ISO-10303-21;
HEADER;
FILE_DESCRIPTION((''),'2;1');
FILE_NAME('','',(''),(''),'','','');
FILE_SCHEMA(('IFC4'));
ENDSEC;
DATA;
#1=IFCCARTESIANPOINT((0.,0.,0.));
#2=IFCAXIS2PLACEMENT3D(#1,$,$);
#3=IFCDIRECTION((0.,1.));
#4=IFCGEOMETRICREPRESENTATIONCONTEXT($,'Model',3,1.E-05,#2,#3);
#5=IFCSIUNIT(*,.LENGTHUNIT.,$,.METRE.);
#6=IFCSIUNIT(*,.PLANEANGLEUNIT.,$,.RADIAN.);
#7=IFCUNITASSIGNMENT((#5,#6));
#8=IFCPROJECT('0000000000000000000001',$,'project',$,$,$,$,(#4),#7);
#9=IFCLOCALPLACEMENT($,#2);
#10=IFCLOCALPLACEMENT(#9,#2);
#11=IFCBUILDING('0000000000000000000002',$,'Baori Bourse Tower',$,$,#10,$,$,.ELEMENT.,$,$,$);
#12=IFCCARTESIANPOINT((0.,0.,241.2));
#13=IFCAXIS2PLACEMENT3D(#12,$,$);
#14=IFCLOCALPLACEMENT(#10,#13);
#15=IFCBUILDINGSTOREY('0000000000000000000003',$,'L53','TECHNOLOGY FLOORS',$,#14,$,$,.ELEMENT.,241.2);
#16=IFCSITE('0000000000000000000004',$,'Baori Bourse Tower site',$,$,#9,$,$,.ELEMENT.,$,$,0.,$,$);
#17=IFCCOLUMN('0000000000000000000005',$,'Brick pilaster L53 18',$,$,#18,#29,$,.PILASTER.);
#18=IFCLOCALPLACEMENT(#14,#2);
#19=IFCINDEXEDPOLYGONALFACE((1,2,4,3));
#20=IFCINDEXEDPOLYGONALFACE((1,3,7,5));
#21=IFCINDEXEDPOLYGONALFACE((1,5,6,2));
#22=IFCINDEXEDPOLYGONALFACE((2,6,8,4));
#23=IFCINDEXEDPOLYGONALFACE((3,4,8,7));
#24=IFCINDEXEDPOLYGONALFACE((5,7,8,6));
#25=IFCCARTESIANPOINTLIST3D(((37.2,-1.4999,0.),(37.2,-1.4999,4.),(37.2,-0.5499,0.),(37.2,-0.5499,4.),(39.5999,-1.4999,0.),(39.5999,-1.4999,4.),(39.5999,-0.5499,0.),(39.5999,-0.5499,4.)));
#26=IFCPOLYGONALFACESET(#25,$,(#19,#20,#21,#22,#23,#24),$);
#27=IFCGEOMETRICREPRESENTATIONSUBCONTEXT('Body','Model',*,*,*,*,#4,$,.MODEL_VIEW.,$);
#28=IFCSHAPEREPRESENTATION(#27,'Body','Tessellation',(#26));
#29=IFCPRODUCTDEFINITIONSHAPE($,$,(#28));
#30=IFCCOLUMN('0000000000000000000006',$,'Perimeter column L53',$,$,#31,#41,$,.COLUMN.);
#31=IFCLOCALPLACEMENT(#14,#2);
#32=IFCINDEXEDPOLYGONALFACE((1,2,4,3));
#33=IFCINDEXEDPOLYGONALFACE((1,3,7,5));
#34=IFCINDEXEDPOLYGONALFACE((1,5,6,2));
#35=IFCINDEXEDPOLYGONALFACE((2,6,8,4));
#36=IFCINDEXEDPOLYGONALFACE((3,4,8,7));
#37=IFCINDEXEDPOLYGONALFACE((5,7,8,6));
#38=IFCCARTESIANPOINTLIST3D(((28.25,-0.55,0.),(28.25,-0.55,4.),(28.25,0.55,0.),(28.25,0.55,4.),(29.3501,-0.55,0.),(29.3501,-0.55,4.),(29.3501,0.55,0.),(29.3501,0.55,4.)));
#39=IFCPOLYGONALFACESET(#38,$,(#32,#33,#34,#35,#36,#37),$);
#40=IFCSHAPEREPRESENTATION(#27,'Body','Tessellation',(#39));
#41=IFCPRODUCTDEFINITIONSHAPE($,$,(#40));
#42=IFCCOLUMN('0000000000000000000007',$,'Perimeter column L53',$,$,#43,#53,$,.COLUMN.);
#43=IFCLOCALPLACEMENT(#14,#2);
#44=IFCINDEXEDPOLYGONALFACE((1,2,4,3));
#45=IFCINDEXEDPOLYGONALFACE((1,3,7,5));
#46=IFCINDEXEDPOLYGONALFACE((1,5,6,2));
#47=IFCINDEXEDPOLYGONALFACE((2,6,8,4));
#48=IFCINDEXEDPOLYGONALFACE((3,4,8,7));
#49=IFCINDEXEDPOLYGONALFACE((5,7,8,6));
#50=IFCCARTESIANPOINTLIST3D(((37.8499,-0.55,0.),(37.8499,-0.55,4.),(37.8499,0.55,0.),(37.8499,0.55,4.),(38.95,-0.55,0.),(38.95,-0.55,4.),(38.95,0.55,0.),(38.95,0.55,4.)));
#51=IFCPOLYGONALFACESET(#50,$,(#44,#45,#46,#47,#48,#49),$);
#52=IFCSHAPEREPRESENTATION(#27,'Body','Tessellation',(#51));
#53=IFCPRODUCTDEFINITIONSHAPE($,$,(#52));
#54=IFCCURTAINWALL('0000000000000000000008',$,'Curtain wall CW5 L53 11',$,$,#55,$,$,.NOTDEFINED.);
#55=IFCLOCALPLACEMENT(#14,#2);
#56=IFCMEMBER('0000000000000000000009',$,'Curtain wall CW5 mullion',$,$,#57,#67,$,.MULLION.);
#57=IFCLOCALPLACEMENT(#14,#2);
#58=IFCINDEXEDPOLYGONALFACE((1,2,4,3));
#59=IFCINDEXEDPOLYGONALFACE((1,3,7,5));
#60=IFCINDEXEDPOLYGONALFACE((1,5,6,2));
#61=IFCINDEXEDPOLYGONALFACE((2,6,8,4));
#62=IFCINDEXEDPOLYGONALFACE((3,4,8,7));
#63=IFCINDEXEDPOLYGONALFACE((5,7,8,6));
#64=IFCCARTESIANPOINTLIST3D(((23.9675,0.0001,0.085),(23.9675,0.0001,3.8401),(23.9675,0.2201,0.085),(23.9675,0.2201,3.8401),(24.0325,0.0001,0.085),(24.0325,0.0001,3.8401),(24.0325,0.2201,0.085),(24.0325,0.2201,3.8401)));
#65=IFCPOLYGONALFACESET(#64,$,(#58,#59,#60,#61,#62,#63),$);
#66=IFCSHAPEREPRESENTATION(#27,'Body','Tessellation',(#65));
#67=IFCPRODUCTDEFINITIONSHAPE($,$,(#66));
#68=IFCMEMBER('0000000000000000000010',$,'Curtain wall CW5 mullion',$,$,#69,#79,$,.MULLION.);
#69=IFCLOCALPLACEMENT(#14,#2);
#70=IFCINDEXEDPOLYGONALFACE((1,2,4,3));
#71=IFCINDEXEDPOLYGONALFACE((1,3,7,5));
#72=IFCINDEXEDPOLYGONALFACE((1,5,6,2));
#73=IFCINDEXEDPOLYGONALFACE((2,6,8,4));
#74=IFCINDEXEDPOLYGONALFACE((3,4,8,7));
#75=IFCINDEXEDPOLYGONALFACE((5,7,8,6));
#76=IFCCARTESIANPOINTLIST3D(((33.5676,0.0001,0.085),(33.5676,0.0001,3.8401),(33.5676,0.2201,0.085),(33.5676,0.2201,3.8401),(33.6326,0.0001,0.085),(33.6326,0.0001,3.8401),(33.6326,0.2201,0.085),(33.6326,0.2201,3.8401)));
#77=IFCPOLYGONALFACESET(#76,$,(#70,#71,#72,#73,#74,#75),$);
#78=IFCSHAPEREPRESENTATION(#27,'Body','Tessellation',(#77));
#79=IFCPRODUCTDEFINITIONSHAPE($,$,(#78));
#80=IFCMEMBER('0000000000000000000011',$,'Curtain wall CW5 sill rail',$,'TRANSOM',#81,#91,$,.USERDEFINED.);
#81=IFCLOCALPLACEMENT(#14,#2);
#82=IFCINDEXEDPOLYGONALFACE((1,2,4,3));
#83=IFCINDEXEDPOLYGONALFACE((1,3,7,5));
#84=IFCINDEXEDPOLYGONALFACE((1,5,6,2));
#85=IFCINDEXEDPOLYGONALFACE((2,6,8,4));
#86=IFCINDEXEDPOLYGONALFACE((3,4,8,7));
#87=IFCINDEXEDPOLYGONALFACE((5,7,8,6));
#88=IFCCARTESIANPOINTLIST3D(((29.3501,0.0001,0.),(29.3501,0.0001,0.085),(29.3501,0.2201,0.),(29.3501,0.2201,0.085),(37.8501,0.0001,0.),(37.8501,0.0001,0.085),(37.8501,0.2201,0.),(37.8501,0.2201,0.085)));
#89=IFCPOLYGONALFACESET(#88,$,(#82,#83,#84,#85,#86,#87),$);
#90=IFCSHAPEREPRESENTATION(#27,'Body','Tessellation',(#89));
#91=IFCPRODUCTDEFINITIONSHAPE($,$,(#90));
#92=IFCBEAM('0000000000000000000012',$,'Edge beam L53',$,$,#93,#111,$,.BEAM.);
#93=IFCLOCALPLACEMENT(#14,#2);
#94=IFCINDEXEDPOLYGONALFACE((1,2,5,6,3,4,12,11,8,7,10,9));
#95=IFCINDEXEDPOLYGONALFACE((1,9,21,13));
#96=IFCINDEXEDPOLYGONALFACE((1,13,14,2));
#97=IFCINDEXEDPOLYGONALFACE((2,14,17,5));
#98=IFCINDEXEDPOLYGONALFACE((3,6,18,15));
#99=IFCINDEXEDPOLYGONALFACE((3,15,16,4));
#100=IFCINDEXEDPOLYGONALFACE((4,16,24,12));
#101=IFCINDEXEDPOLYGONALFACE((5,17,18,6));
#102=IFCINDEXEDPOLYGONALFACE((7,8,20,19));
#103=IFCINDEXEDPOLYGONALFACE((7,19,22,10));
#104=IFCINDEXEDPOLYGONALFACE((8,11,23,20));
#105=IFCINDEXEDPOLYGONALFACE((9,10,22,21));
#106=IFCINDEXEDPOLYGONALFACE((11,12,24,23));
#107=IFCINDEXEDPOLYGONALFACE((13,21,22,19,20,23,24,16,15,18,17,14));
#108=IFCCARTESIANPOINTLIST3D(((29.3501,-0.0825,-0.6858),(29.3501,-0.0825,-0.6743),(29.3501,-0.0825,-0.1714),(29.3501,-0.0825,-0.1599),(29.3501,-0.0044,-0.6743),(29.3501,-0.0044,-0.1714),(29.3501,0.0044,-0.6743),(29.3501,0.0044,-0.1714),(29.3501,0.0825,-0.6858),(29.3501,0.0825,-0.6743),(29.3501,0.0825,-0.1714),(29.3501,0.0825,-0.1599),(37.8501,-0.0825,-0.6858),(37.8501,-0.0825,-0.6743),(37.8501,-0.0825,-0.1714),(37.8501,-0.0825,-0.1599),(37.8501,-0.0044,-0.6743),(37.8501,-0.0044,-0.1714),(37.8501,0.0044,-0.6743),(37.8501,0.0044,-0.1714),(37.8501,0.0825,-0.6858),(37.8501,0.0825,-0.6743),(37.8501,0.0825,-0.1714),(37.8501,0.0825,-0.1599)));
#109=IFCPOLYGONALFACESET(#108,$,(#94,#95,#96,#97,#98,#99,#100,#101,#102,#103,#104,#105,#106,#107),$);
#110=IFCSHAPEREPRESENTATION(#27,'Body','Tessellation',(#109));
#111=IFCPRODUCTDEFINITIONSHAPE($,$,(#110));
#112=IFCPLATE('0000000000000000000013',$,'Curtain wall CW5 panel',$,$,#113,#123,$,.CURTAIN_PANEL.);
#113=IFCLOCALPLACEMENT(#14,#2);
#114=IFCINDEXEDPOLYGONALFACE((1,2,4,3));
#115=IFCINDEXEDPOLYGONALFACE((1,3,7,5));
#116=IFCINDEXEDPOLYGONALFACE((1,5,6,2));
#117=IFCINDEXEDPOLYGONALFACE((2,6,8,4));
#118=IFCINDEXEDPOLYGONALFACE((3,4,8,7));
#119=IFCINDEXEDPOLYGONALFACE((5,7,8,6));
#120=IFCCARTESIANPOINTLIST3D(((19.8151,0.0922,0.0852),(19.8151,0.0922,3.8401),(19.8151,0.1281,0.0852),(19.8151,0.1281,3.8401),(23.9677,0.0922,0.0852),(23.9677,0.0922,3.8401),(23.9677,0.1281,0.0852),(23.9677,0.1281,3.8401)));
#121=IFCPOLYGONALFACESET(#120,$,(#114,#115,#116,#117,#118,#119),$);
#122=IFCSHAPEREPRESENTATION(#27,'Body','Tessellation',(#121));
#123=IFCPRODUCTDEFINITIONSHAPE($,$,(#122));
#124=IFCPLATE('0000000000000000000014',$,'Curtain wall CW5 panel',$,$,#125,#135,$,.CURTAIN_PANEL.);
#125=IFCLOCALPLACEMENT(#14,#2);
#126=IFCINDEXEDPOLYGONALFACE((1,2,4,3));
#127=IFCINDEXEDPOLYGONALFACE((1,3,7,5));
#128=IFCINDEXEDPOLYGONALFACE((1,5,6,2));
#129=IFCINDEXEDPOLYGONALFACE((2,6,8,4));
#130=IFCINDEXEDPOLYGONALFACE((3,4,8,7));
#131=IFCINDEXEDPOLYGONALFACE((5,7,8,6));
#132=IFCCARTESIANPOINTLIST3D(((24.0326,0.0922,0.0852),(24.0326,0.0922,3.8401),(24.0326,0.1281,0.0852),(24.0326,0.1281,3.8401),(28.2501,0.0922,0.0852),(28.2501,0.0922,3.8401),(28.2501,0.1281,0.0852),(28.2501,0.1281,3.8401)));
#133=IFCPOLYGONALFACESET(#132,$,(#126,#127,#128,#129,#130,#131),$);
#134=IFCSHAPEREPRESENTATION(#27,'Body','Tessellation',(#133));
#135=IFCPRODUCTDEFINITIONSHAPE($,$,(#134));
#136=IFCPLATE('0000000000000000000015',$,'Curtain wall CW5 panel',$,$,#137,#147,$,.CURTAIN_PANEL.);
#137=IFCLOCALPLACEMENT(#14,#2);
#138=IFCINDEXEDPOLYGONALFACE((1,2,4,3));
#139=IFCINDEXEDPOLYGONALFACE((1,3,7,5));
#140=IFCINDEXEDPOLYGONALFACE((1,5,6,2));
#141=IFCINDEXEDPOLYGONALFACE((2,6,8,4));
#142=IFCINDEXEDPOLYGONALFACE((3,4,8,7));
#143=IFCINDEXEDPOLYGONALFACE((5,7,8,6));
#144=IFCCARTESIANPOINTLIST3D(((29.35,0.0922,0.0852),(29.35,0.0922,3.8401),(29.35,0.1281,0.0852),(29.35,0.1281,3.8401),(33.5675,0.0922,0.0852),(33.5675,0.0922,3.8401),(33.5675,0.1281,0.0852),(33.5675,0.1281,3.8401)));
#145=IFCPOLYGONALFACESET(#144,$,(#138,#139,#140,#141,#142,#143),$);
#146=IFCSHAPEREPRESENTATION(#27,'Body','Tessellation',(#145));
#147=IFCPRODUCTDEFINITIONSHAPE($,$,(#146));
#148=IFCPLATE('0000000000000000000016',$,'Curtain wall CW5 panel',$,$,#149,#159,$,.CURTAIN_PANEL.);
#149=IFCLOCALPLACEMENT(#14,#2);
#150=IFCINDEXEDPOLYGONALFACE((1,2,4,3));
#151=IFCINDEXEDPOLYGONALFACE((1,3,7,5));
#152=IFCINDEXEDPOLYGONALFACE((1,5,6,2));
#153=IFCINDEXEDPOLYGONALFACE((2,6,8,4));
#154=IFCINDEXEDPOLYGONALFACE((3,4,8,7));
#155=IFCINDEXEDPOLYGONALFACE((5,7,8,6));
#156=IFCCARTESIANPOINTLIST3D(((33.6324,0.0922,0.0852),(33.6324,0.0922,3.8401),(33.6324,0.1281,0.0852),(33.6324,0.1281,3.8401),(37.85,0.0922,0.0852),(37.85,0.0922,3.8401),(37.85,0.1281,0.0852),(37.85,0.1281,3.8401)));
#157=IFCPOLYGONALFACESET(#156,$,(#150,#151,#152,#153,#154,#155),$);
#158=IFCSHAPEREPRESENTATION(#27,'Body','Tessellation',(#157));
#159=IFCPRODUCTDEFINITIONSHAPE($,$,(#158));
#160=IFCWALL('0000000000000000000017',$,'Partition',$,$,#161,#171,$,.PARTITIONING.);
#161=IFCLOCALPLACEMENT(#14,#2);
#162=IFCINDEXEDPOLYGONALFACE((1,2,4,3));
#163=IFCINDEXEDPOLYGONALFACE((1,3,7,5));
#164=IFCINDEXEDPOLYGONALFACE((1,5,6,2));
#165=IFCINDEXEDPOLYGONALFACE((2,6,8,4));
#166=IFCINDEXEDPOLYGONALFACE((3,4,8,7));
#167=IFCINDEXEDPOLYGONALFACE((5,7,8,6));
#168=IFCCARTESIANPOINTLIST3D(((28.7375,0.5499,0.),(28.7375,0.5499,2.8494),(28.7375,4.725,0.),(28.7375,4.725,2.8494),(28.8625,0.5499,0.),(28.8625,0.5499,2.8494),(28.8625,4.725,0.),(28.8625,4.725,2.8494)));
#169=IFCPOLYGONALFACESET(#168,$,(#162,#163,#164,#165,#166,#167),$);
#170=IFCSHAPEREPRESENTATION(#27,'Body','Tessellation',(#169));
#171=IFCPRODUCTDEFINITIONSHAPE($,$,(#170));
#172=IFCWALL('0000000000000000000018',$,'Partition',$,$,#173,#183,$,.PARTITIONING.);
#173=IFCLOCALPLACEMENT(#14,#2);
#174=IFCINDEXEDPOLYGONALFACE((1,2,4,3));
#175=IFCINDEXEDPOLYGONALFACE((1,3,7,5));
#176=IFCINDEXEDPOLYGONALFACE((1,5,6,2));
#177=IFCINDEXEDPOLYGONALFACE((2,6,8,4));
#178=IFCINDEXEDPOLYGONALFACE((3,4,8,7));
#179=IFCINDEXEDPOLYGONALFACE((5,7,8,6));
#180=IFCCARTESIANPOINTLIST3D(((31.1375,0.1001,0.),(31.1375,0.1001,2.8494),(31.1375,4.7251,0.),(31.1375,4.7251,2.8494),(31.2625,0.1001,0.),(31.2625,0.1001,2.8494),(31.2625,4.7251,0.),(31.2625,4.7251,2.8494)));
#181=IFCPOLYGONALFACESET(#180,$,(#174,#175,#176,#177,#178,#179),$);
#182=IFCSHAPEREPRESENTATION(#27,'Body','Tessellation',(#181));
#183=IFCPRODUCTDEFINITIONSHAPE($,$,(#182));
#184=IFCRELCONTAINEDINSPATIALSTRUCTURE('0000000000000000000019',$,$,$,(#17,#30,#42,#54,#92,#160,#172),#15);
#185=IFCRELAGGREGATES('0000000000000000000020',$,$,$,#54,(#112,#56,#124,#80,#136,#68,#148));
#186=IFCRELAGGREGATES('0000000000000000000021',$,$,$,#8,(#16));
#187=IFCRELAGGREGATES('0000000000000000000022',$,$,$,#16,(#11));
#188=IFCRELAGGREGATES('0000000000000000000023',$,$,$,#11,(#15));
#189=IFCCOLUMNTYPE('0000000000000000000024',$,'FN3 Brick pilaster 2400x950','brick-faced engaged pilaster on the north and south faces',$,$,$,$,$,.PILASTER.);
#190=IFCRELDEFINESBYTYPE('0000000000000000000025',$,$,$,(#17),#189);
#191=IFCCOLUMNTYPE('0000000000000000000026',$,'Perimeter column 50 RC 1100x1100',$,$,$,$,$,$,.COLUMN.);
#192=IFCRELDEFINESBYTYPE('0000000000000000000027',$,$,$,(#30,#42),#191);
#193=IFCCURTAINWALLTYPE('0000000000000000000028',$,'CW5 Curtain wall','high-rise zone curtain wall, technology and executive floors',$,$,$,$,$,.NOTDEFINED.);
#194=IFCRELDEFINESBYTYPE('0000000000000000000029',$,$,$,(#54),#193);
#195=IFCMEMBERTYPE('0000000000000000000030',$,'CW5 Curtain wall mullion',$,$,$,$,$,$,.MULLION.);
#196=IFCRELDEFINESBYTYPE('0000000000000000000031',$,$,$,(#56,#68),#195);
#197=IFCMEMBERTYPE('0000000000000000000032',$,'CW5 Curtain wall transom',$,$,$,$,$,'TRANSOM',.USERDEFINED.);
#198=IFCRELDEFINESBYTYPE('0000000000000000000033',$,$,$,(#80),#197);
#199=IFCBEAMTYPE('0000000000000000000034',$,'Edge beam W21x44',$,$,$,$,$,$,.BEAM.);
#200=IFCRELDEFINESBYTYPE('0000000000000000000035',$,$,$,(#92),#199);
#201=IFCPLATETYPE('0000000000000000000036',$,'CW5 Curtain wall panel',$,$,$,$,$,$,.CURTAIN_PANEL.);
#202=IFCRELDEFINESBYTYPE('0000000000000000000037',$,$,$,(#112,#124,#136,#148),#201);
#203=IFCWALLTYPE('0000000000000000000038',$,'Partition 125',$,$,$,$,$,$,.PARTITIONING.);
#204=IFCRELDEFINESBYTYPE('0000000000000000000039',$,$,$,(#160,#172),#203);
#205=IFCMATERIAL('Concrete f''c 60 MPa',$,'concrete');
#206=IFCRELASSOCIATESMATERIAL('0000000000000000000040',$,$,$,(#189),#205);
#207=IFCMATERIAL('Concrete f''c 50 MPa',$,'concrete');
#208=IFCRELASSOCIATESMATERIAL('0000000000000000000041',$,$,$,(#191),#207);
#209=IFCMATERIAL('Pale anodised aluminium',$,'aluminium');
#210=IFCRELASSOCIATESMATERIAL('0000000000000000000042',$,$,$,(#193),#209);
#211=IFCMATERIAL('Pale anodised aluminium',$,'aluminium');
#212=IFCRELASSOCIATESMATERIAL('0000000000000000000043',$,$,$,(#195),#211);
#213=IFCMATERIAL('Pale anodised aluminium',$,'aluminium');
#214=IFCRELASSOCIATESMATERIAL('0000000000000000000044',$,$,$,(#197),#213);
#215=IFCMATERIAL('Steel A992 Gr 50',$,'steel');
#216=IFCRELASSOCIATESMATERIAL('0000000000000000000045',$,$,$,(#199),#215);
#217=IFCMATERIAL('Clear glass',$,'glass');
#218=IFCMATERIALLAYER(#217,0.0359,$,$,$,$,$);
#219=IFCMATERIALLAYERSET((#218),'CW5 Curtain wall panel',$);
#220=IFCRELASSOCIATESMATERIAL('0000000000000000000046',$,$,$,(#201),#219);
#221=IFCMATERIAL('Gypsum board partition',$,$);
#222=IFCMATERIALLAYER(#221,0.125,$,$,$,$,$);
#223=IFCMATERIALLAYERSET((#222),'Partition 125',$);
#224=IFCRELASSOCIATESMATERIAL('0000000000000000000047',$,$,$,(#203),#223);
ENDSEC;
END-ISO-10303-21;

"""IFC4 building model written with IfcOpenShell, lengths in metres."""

from ifc_helpers import new_model, si_unit, direction, frame, frame_2d, origin, origin_2d, place, context, subcontext, project, spatial, rectangle, i_section, extrude, material, layer, layer_set, material_profile, profile_set, type_object, element, aggregate, save


model = new_model("IFC4")

# Units and contexts
model_context = context("Model", 3, precision=1e-05, world=origin(), true_north=direction((0.0, 1.0)))
body_context = subcontext(model_context, "Body", "Model", "MODEL_VIEW")
ifc_project = project(units=[si_unit("LENGTHUNIT", "METRE"), si_unit("PLANEANGLEUNIT", "RADIAN")], contexts=[model_context])

# Site, building, storey
site_placement = place(None, origin())
site = spatial("IfcSite", under=ifc_project, at=site_placement, Name="Baori Bourse Tower site", CompositionType="ELEMENT", RefElevation=0.0)
building_placement = place(site_placement, origin())
building = spatial("IfcBuilding", under=site, at=building_placement, Name="Baori Bourse Tower", CompositionType="ELEMENT")
storey_placement = place(building_placement, frame((0.0, 0.0, 241.2)))
storey = spatial("IfcBuildingStorey", under=building, at=storey_placement, Name="L53", Description="TECHNOLOGY FLOORS", CompositionType="ELEMENT", Elevation=241.2)

# Columns
ifc_material_1 = material(Name="Concrete f'c 60 MPa", Category="concrete")
ifc_material_profile_1 = material_profile(ifc_material_1, rectangle(XDim=2.3999, YDim=0.95, at=origin_2d()), Name="RC 2400x950")
ifc_profile_set_1 = profile_set([ifc_material_profile_1], Name="Concrete f'c 60 MPa")
column_type_1 = type_object("IfcColumnType", Name="FN3 Brick pilaster 2400x950", Description="brick-faced engaged pilaster on the north and south faces", PredefinedType="PILASTER", material=ifc_profile_set_1)
column_placement = place(storey_placement, frame((38.3999, -1.0249, 0.0), z_axis=(0.0, 0.0, 1.0), x_axis=(1.0, 0.0, 0.0)))
element("IfcColumn", 1, at=column_placement, inside=storey, type_object=column_type_1, Name="Brick pilaster L53 18", PredefinedType="PILASTER", context=body_context, shape_type="SweptSolid", body=[
    extrude(rectangle(XDim=2.3999, YDim=0.95, at=origin_2d()), origin(), (0.0, 0.0, 1.0), 4.0),
])
ifc_material_2 = material(Name="Concrete f'c 50 MPa", Category="concrete")
ifc_material_profile_2 = material_profile(ifc_material_2, rectangle(XDim=1.1001, YDim=1.1001, at=origin_2d()), Name="RC 1100x1100")
ifc_profile_set_2 = profile_set([ifc_material_profile_2], Name="Concrete f'c 50 MPa")
column_type_2 = type_object("IfcColumnType", Name="Perimeter column 50 RC 1100x1100", PredefinedType="COLUMN", material=ifc_profile_set_2)
for number, where, z_axis, x_axis, name in (
    (2, (28.8, 0.0, 0.0), (0.0, 0.0, 1.0), (1.0, 0.0, 0.0), "Perimeter column L53"),
    (3, (38.3999, 0.0, 0.0), (0.0, 0.0, 1.0), (1.0, 0.0, 0.0), "Perimeter column L53"),
):
    element("IfcColumn", number, at=place(storey_placement, frame(where, z_axis=z_axis, x_axis=x_axis)), inside=storey, type_object=column_type_2, Name=name, PredefinedType="COLUMN", context=body_context, shape_type="SweptSolid", body=[
        extrude(rectangle(XDim=1.1001, YDim=1.1001, at=origin_2d()), origin(), (0.0, 0.0, 1.0), 4.0),
    ])

# Curtain wall, members
ifc_material_3 = material(Name="Pale anodised aluminium", Category="aluminium")
curtain_wall_type = type_object("IfcCurtainWallType", Name="CW5 Curtain wall", Description="high-rise zone curtain wall, technology and executive floors", PredefinedType="NOTDEFINED", material=ifc_material_3)
curtain_wall_placement = place(storey_placement, origin())
curtain_wall = element("IfcCurtainWall", 4, at=curtain_wall_placement, inside=storey, type_object=curtain_wall_type, Name="Curtain wall CW5 L53 11", PredefinedType="NOTDEFINED")
ifc_material_4 = material(Name="Pale anodised aluminium", Category="aluminium")
ifc_material_profile_3 = material_profile(ifc_material_4, rectangle(XDim=0.22, YDim=0.0649, at=origin_2d()), Name="Mullion 65x220")
ifc_profile_set_3 = profile_set([ifc_material_profile_3], Name="Pale anodised aluminium")
member_type_1 = type_object("IfcMemberType", Name="CW5 Curtain wall mullion", PredefinedType="MULLION", material=ifc_profile_set_3)
member_1_placement = place(storey_placement, frame((24.0, 0.1101, 0.085), z_axis=(0.0, 0.0, 1.0), x_axis=(0.0, 1.0, 0.0)))
member_1 = element("IfcMember", 5, at=member_1_placement, type_object=member_type_1, Name="Curtain wall CW5 mullion", PredefinedType="MULLION", context=body_context, shape_type="SweptSolid", body=[
    extrude(rectangle(XDim=0.22, YDim=0.0649, at=origin_2d()), origin(), (0.0, 0.0, 1.0), 3.7551),
])
member_2_placement = place(storey_placement, frame((33.6001, 0.1101, 0.085), z_axis=(0.0, 0.0, 1.0), x_axis=(0.0, 1.0, 0.0)))
member_2 = element("IfcMember", 6, at=member_2_placement, type_object=member_type_1, Name="Curtain wall CW5 mullion", PredefinedType="MULLION", context=body_context, shape_type="SweptSolid", body=[
    extrude(rectangle(XDim=0.22, YDim=0.0649, at=origin_2d()), origin(), (0.0, 0.0, 1.0), 3.7551),
])
ifc_material_5 = material(Name="Pale anodised aluminium", Category="aluminium")
ifc_material_profile_4 = material_profile(ifc_material_5, rectangle(XDim=0.22, YDim=0.085, at=origin_2d()), Name="Transom 85x220")
ifc_profile_set_4 = profile_set([ifc_material_profile_4], Name="Pale anodised aluminium")
member_type_2 = type_object("IfcMemberType", Name="CW5 Curtain wall transom", ElementType="TRANSOM", PredefinedType="USERDEFINED", material=ifc_profile_set_4)
member_3_placement = place(storey_placement, frame((29.3501, 0.1101, 0.0425), z_axis=(1.0, 0.0, 0.0), x_axis=(0.0, 1.0, 0.0)))
member_3 = element("IfcMember", 7, at=member_3_placement, type_object=member_type_2, Name="Curtain wall CW5 sill rail", ObjectType="TRANSOM", PredefinedType="USERDEFINED", context=body_context, shape_type="SweptSolid", body=[
    extrude(rectangle(XDim=0.22, YDim=0.085, at=origin_2d()), origin(), (0.0, 0.0, 1.0), 8.5),
])

# Beam
ifc_material_6 = material(Name="Steel A992 Gr 50", Category="steel")
ifc_material_profile_5 = material_profile(ifc_material_6, i_section(OverallWidth=0.165, OverallDepth=0.5259, WebThickness=0.0088, FlangeThickness=0.0115, at=origin_2d()), Name="W21x44")
ifc_profile_set_5 = profile_set([ifc_material_profile_5], Name="Steel A992 Gr 50")
beam_type = type_object("IfcBeamType", Name="Edge beam W21x44", PredefinedType="BEAM", material=ifc_profile_set_5)
beam_placement = place(storey_placement, frame((29.3501, 0.0, -0.4229), z_axis=(1.0, 0.0, 0.0), x_axis=(0.0, 1.0, 0.0)))
element("IfcBeam", 8, at=beam_placement, inside=storey, type_object=beam_type, Name="Edge beam L53", PredefinedType="BEAM", context=body_context, shape_type="SweptSolid", body=[
    extrude(i_section(OverallWidth=0.165, OverallDepth=0.5259, WebThickness=0.0088, FlangeThickness=0.0115, at=origin_2d()), origin(), (0.0, 0.0, 1.0), 8.5),
])

# Plates
ifc_material_7 = material(Name="Clear glass", Category="glass")
ifc_layer_1 = layer(ifc_material_7, 0.0359)
ifc_layer_set_1 = layer_set([ifc_layer_1], Name="CW5 Curtain wall panel")
plate_type = type_object("IfcPlateType", Name="CW5 Curtain wall panel", PredefinedType="CURTAIN_PANEL", material=ifc_layer_set_1)
plate_1_placement = place(storey_placement, frame((21.8914, 0.1101, 0.0852), z_axis=(0.0, 0.0, 1.0), x_axis=(1.0, 0.0, 0.0)))
plate_1 = element("IfcPlate", 9, at=plate_1_placement, type_object=plate_type, Name="Curtain wall CW5 panel", PredefinedType="CURTAIN_PANEL", context=body_context, shape_type="SweptSolid", body=[
    extrude(rectangle(XDim=4.1526, YDim=0.0359, at=origin_2d()), origin(), (0.0, 0.0, 1.0), 3.7549),
])
plate_2_placement = place(storey_placement, frame((26.1414, 0.1101, 0.0852), z_axis=(0.0, 0.0, 1.0), x_axis=(1.0, 0.0, 0.0)))
plate_2 = element("IfcPlate", 10, at=plate_2_placement, type_object=plate_type, Name="Curtain wall CW5 panel", PredefinedType="CURTAIN_PANEL", context=body_context, shape_type="SweptSolid", body=[
    extrude(rectangle(XDim=4.2175, YDim=0.0359, at=origin_2d()), origin(), (0.0, 0.0, 1.0), 3.7549),
])
plate_3_placement = place(storey_placement, frame((31.4587, 0.1101, 0.0852), z_axis=(0.0, 0.0, 1.0), x_axis=(1.0, 0.0, 0.0)))
plate_3 = element("IfcPlate", 11, at=plate_3_placement, type_object=plate_type, Name="Curtain wall CW5 panel", PredefinedType="CURTAIN_PANEL", context=body_context, shape_type="SweptSolid", body=[
    extrude(rectangle(XDim=4.2175, YDim=0.0359, at=origin_2d()), origin(), (0.0, 0.0, 1.0), 3.7549),
])
plate_4_placement = place(storey_placement, frame((35.7412, 0.1101, 0.0852), z_axis=(0.0, 0.0, 1.0), x_axis=(1.0, 0.0, 0.0)))
plate_4 = element("IfcPlate", 12, at=plate_4_placement, type_object=plate_type, Name="Curtain wall CW5 panel", PredefinedType="CURTAIN_PANEL", context=body_context, shape_type="SweptSolid", body=[
    extrude(rectangle(XDim=4.2175, YDim=0.0359, at=origin_2d()), origin(), (0.0, 0.0, 1.0), 3.7549),
])
aggregate(curtain_wall, [plate_1, member_1, plate_2, member_3, plate_3, member_2, plate_4])

# Walls
ifc_material_8 = material(Name="Gypsum board partition")
ifc_layer_2 = layer(ifc_material_8, 0.125)
ifc_layer_set_2 = layer_set([ifc_layer_2], Name="Partition 125")
wall_type = type_object("IfcWallType", Name="Partition 125", PredefinedType="PARTITIONING", material=ifc_layer_set_2)
wall_1_placement = place(storey_placement, frame((28.8, 0.55, 0.0), z_axis=(0.0, 0.0, 1.0), x_axis=(0.0, 1.0, 0.0)))
element("IfcWall", 13, at=wall_1_placement, inside=storey, type_object=wall_type, Name="Partition", PredefinedType="PARTITIONING", context=body_context, shape_type="SweptSolid", body=[
    extrude(rectangle(XDim=4.175, YDim=0.125, at=frame_2d((2.0874, 0.0))), origin(), (0.0, 0.0, 1.0), 2.8494),
])
wall_2_placement = place(storey_placement, frame((31.2, 0.1001, 0.0), z_axis=(0.0, 0.0, 1.0), x_axis=(0.0, 1.0, 0.0)))
element("IfcWall", 14, at=wall_2_placement, inside=storey, type_object=wall_type, Name="Partition", PredefinedType="PARTITIONING", context=body_context, shape_type="SweptSolid", body=[
    extrude(rectangle(XDim=4.625, YDim=0.125, at=frame_2d((2.3125, 0.0))), origin(), (0.0, 0.0, 1.0), 2.8494),
])

save(model, "model.ifc")
